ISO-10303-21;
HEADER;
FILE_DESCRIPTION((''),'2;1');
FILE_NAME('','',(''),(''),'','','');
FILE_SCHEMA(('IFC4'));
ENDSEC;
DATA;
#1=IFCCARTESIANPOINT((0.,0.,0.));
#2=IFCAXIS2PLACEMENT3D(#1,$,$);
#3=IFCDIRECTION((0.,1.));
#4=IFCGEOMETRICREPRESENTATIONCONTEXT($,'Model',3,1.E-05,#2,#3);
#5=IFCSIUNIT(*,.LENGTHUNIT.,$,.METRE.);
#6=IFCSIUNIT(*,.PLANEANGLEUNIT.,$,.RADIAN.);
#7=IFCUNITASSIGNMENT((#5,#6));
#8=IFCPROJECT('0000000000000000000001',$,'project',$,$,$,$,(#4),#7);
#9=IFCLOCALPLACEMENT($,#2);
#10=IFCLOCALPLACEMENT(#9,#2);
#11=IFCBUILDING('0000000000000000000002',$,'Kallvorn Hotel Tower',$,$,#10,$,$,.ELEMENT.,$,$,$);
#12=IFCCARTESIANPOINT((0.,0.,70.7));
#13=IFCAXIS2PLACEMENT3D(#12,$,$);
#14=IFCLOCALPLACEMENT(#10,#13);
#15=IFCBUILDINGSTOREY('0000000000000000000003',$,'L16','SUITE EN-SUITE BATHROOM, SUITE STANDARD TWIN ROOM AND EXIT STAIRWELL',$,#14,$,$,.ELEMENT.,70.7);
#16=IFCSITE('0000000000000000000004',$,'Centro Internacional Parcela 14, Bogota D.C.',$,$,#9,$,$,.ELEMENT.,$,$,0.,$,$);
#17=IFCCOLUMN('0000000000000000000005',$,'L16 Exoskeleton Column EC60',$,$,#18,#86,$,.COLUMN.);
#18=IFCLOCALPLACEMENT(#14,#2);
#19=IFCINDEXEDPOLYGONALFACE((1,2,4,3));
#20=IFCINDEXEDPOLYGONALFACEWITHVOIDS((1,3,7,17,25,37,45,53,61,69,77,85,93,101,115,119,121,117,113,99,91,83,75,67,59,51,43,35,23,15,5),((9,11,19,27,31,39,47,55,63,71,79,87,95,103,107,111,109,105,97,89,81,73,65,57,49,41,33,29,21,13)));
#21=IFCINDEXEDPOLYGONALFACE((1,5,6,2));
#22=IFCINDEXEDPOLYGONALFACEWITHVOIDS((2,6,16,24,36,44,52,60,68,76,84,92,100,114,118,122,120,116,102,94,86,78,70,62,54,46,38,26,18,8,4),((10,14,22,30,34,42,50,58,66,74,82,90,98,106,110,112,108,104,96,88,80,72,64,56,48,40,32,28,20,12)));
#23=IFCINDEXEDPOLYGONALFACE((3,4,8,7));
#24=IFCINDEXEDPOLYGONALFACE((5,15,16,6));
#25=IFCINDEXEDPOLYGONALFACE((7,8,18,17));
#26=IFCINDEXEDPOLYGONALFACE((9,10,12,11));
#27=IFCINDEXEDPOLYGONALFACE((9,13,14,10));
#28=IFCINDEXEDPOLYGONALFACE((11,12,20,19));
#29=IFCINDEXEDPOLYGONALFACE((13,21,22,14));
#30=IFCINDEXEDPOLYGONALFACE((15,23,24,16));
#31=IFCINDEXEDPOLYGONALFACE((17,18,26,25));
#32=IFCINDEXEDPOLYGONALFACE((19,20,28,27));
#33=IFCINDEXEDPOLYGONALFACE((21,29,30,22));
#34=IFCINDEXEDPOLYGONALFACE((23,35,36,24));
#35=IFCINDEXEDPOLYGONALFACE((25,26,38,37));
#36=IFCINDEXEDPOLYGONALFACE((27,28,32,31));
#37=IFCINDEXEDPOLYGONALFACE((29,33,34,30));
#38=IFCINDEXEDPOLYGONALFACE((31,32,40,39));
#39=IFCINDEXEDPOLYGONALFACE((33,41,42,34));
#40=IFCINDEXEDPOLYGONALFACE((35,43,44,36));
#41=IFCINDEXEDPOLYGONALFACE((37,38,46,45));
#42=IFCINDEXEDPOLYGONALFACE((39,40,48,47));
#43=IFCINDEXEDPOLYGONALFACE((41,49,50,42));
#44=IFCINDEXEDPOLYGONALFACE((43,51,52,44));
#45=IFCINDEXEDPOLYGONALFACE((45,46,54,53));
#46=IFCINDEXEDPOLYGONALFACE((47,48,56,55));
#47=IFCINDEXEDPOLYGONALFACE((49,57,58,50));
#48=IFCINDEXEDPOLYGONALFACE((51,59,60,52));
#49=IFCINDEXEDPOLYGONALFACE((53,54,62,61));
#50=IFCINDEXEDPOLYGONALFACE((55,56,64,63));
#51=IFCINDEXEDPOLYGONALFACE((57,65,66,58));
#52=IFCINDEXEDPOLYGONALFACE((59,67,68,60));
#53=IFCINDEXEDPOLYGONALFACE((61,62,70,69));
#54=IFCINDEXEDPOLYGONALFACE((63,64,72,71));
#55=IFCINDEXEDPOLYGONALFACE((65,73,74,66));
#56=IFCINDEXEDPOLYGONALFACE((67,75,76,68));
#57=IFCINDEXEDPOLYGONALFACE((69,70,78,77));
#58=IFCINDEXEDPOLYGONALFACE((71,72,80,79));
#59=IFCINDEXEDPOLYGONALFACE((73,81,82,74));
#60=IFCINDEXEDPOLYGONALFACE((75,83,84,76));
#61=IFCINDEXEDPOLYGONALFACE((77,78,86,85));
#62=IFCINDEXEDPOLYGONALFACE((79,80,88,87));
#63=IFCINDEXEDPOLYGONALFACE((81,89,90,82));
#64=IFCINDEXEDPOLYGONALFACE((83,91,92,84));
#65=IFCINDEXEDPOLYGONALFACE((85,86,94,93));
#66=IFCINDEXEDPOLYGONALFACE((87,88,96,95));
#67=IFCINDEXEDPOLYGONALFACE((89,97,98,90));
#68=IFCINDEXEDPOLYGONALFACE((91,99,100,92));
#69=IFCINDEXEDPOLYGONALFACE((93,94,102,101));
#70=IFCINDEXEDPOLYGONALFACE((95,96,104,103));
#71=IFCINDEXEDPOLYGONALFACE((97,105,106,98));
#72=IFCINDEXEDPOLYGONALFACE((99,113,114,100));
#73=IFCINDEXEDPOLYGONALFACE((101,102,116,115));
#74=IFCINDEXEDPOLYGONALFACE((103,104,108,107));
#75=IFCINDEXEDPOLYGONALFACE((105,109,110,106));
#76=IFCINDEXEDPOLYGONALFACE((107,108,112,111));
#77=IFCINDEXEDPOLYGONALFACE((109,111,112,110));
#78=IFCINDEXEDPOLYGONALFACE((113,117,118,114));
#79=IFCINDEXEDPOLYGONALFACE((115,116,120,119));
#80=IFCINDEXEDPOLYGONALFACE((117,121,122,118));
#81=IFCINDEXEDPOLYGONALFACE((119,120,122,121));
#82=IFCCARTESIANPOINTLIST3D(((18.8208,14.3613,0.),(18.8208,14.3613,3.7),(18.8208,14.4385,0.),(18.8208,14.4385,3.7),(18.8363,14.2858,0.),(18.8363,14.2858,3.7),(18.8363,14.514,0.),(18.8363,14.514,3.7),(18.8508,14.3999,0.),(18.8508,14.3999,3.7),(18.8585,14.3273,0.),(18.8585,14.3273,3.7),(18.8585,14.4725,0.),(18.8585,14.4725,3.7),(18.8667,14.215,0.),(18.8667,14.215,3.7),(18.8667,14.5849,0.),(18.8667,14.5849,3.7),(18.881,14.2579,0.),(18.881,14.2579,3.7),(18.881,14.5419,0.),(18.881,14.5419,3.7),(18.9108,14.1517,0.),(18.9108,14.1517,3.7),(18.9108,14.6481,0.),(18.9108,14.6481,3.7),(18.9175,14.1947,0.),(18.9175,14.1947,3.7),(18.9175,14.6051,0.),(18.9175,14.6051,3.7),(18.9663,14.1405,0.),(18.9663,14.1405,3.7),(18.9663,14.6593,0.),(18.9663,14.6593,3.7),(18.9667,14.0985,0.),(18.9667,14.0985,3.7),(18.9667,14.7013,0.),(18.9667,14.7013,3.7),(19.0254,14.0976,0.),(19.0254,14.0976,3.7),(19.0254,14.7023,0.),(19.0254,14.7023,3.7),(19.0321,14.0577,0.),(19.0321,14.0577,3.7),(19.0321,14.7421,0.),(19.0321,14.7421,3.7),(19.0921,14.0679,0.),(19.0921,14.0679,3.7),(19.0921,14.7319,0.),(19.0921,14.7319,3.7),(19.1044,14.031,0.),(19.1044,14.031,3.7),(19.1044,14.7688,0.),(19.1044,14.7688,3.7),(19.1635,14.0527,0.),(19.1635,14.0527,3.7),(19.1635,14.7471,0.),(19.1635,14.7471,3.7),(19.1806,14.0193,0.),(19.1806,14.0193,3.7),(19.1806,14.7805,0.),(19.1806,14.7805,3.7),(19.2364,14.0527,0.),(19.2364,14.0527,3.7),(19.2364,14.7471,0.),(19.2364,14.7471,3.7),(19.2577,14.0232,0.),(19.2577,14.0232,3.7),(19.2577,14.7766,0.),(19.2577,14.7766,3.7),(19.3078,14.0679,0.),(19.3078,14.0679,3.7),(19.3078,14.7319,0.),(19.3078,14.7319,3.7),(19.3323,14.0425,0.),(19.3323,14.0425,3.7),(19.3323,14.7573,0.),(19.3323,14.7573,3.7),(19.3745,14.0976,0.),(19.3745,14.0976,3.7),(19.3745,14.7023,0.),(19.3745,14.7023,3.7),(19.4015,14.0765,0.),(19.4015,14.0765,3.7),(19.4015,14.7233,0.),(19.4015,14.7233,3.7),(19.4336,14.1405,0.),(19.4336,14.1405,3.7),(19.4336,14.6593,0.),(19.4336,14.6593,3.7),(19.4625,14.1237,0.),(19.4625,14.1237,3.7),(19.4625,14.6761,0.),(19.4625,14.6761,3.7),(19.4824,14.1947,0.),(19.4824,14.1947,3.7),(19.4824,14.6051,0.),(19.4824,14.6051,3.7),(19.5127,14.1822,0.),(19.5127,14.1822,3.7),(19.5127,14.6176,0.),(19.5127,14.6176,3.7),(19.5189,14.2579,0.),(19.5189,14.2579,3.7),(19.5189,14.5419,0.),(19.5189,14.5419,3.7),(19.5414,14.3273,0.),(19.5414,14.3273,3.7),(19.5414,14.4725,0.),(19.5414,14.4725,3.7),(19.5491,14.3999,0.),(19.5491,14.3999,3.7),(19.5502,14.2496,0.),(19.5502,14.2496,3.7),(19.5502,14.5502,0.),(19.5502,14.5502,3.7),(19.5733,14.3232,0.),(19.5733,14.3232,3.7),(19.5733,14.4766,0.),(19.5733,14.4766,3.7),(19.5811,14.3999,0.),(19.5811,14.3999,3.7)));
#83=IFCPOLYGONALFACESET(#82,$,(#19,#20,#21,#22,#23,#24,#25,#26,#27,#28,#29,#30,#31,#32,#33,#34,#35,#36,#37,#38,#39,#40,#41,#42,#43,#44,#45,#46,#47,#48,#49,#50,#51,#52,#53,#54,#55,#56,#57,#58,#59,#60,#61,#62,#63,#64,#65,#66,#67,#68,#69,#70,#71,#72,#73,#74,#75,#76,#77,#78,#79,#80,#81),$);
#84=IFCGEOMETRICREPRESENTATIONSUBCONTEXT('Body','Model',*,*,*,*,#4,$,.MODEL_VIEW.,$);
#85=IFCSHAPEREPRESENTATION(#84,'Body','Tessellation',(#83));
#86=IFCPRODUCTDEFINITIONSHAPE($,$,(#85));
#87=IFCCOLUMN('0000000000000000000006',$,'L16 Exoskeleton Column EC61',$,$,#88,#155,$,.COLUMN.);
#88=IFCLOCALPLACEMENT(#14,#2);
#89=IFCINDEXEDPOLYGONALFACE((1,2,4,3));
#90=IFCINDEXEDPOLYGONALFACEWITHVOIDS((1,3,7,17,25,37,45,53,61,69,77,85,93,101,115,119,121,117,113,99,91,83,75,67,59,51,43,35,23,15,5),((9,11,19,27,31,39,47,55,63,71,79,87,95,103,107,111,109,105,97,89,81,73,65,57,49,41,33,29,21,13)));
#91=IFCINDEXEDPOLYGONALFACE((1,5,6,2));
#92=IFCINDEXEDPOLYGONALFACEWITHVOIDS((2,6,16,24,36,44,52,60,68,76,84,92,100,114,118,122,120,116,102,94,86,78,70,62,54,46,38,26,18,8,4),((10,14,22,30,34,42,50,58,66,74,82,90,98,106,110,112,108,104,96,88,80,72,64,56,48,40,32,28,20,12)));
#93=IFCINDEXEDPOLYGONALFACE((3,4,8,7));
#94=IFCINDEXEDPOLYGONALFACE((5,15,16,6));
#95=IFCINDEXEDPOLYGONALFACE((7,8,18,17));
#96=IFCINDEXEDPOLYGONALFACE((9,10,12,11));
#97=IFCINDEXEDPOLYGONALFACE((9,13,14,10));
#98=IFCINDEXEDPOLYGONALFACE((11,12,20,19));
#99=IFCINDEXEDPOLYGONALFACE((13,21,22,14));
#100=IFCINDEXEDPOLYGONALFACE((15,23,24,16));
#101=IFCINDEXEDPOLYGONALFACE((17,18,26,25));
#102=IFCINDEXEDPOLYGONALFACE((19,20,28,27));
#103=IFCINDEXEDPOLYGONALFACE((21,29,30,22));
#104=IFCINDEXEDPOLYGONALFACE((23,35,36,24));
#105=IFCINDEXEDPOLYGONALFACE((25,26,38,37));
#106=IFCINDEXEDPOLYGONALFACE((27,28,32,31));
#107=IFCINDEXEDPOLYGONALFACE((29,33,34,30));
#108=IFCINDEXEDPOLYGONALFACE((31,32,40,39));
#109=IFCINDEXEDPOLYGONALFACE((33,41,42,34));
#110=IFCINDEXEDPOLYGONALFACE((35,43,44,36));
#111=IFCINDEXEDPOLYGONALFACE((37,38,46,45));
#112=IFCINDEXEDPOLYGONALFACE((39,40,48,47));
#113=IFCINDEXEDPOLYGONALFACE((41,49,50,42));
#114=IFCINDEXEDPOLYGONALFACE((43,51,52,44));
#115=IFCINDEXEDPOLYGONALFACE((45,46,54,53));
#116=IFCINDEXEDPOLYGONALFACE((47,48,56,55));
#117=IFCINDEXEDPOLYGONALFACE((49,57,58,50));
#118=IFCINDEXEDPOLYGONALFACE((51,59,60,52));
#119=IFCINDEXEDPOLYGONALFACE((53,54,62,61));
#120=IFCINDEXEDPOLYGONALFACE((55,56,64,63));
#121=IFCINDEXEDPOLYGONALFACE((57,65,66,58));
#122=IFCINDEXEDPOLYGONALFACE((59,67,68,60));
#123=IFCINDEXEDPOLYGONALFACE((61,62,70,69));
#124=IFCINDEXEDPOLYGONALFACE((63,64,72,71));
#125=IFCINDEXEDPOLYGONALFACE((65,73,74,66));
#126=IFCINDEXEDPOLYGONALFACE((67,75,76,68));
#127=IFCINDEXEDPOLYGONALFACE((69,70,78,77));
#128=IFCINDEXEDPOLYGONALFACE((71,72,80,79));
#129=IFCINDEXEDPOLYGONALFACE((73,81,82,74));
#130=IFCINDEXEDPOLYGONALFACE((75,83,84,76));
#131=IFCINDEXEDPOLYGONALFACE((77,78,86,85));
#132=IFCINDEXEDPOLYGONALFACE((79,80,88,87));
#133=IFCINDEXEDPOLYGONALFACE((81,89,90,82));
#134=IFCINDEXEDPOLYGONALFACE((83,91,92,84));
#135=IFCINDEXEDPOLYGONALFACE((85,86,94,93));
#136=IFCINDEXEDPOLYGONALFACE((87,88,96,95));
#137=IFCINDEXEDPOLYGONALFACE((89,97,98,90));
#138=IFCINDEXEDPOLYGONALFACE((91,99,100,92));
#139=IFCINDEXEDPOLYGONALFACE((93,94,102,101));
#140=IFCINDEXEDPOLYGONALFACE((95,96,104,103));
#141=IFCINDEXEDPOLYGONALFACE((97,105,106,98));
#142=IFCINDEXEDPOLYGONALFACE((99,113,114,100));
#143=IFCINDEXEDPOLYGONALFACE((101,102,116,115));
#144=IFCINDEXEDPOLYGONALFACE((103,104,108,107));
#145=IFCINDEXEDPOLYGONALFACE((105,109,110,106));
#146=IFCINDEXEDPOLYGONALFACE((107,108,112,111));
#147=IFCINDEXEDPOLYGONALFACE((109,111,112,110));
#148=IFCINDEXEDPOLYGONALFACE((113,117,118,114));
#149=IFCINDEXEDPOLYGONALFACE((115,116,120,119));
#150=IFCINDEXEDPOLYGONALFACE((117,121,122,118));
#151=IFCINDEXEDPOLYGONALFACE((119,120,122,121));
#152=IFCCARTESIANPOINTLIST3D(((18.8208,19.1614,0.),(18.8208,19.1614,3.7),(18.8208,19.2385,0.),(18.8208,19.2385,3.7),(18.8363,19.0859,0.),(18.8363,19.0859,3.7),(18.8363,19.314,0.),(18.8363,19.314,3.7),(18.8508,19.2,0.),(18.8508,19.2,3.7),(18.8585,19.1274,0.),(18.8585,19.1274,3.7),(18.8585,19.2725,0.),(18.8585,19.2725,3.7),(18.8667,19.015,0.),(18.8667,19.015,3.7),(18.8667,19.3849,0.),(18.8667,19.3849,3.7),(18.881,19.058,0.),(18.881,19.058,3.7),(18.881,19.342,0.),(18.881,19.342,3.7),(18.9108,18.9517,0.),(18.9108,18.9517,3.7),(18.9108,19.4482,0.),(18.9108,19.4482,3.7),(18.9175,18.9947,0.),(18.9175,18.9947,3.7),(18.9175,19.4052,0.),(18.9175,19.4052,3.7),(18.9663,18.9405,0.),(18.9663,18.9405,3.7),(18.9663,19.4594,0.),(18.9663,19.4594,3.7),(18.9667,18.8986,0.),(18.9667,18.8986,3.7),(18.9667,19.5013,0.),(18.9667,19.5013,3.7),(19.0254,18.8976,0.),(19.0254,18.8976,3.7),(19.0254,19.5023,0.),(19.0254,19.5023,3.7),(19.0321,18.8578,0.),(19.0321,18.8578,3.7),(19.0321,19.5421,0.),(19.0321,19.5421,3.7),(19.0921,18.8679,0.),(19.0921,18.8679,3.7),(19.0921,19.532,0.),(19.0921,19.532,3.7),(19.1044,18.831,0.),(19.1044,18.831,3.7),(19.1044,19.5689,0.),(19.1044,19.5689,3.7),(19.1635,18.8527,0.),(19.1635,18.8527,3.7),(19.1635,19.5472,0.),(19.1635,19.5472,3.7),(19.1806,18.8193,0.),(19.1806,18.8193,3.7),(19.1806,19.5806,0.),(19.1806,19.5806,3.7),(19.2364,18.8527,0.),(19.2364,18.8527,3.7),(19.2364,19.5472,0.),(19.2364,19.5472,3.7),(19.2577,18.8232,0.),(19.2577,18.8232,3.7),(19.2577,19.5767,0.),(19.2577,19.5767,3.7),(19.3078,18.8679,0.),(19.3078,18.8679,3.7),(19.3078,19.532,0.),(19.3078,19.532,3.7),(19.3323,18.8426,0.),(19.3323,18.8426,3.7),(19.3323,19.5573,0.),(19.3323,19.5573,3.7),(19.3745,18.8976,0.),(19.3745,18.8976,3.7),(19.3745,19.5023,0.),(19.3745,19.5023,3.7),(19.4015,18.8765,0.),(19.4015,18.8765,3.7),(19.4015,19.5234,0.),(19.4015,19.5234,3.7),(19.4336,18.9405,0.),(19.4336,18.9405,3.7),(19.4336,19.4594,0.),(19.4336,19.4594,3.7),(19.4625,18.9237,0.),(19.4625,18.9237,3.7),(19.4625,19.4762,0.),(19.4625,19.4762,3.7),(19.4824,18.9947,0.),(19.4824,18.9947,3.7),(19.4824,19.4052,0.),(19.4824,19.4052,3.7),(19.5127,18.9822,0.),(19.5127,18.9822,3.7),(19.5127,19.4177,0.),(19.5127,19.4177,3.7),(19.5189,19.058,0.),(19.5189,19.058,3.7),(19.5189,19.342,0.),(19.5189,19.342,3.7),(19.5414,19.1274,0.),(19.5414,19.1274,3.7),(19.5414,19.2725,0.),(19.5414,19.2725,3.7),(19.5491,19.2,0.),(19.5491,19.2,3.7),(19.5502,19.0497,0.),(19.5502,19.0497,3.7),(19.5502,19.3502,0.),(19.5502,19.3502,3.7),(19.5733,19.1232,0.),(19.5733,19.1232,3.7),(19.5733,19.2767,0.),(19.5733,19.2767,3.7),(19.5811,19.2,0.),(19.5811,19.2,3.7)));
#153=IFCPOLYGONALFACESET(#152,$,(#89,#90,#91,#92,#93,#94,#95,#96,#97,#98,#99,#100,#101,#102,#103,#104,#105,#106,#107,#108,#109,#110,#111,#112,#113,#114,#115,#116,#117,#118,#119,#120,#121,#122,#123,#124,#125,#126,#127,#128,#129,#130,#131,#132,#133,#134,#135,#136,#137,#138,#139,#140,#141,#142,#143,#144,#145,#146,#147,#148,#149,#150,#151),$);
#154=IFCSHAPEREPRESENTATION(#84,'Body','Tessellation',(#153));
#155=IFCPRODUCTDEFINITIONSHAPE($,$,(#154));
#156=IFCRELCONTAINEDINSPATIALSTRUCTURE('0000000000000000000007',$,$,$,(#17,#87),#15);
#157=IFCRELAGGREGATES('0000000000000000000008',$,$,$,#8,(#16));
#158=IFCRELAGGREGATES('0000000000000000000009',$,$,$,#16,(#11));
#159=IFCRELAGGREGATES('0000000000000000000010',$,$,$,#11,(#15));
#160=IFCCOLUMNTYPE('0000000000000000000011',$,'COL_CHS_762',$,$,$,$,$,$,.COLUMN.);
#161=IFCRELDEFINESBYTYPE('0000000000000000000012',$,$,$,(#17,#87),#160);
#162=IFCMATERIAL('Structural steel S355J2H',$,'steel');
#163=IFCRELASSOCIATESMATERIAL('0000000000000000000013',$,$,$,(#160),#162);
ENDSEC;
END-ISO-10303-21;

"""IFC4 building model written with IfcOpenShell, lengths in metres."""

from ifc_helpers import new_model, si_unit, direction, frame, origin, origin_2d, place, context, subcontext, project, spatial, hollow_circle, extrude, material, material_profile, profile_set, type_object, element, save


model = new_model("IFC4")

# Units and contexts
model_context = context("Model", 3, precision=1e-05, world=origin(), true_north=direction((0.0, 1.0)))
body_context = subcontext(model_context, "Body", "Model", "MODEL_VIEW")
ifc_project = project(units=[si_unit("LENGTHUNIT", "METRE"), si_unit("PLANEANGLEUNIT", "RADIAN")], contexts=[model_context])

# Site, building, storey
site_placement = place(None, origin())
site = spatial("IfcSite", under=ifc_project, at=site_placement, Name="Centro Internacional Parcela 14, Bogota D.C.", CompositionType="ELEMENT", RefElevation=0.0)
building_placement = place(site_placement, origin())
building = spatial("IfcBuilding", under=site, at=building_placement, Name="Kallvorn Hotel Tower", CompositionType="ELEMENT")
storey_placement = place(building_placement, frame((0.0, 0.0, 70.7)))
storey = spatial("IfcBuildingStorey", under=building, at=storey_placement, Name="L16", Description="SUITE EN-SUITE BATHROOM, SUITE STANDARD TWIN ROOM AND EXIT STAIRWELL", CompositionType="ELEMENT", Elevation=70.7)

# Columns
ifc_material_1 = material(Name="Structural steel S355J2H", Category="steel")
ifc_material_profile_1 = material_profile(ifc_material_1, hollow_circle(Radius=0.3811, WallThickness=0.032, at=origin_2d()), Name="CHS 762x32")
ifc_profile_set_1 = profile_set([ifc_material_profile_1], Name="Structural steel S355J2H")
column_type_1 = type_object("IfcColumnType", Name="COL_CHS_762", PredefinedType="COLUMN", material=ifc_profile_set_1)
for number, where, z_axis, x_axis, name in (
    (1, (19.2, 14.3999, 0.0), (0.0, 0.0, 1.0), (1.0, 0.0, 0.0), "L16 Exoskeleton Column EC60"),
    (2, (19.2, 19.2, 0.0), (0.0, 0.0, 1.0), (1.0, 0.0, 0.0), "L16 Exoskeleton Column EC61"),
):
    element("IfcColumn", number, at=place(storey_placement, frame(where, z_axis=z_axis, x_axis=x_axis)), inside=storey, type_object=column_type_1, Name=name, PredefinedType="COLUMN", context=body_context, shape_type="SweptSolid", body=[
        extrude(hollow_circle(Radius=0.3811, WallThickness=0.032, at=origin_2d()), origin(), (0.0, 0.0, 1.0), 3.7),
    ])

save(model, "model.ifc")
